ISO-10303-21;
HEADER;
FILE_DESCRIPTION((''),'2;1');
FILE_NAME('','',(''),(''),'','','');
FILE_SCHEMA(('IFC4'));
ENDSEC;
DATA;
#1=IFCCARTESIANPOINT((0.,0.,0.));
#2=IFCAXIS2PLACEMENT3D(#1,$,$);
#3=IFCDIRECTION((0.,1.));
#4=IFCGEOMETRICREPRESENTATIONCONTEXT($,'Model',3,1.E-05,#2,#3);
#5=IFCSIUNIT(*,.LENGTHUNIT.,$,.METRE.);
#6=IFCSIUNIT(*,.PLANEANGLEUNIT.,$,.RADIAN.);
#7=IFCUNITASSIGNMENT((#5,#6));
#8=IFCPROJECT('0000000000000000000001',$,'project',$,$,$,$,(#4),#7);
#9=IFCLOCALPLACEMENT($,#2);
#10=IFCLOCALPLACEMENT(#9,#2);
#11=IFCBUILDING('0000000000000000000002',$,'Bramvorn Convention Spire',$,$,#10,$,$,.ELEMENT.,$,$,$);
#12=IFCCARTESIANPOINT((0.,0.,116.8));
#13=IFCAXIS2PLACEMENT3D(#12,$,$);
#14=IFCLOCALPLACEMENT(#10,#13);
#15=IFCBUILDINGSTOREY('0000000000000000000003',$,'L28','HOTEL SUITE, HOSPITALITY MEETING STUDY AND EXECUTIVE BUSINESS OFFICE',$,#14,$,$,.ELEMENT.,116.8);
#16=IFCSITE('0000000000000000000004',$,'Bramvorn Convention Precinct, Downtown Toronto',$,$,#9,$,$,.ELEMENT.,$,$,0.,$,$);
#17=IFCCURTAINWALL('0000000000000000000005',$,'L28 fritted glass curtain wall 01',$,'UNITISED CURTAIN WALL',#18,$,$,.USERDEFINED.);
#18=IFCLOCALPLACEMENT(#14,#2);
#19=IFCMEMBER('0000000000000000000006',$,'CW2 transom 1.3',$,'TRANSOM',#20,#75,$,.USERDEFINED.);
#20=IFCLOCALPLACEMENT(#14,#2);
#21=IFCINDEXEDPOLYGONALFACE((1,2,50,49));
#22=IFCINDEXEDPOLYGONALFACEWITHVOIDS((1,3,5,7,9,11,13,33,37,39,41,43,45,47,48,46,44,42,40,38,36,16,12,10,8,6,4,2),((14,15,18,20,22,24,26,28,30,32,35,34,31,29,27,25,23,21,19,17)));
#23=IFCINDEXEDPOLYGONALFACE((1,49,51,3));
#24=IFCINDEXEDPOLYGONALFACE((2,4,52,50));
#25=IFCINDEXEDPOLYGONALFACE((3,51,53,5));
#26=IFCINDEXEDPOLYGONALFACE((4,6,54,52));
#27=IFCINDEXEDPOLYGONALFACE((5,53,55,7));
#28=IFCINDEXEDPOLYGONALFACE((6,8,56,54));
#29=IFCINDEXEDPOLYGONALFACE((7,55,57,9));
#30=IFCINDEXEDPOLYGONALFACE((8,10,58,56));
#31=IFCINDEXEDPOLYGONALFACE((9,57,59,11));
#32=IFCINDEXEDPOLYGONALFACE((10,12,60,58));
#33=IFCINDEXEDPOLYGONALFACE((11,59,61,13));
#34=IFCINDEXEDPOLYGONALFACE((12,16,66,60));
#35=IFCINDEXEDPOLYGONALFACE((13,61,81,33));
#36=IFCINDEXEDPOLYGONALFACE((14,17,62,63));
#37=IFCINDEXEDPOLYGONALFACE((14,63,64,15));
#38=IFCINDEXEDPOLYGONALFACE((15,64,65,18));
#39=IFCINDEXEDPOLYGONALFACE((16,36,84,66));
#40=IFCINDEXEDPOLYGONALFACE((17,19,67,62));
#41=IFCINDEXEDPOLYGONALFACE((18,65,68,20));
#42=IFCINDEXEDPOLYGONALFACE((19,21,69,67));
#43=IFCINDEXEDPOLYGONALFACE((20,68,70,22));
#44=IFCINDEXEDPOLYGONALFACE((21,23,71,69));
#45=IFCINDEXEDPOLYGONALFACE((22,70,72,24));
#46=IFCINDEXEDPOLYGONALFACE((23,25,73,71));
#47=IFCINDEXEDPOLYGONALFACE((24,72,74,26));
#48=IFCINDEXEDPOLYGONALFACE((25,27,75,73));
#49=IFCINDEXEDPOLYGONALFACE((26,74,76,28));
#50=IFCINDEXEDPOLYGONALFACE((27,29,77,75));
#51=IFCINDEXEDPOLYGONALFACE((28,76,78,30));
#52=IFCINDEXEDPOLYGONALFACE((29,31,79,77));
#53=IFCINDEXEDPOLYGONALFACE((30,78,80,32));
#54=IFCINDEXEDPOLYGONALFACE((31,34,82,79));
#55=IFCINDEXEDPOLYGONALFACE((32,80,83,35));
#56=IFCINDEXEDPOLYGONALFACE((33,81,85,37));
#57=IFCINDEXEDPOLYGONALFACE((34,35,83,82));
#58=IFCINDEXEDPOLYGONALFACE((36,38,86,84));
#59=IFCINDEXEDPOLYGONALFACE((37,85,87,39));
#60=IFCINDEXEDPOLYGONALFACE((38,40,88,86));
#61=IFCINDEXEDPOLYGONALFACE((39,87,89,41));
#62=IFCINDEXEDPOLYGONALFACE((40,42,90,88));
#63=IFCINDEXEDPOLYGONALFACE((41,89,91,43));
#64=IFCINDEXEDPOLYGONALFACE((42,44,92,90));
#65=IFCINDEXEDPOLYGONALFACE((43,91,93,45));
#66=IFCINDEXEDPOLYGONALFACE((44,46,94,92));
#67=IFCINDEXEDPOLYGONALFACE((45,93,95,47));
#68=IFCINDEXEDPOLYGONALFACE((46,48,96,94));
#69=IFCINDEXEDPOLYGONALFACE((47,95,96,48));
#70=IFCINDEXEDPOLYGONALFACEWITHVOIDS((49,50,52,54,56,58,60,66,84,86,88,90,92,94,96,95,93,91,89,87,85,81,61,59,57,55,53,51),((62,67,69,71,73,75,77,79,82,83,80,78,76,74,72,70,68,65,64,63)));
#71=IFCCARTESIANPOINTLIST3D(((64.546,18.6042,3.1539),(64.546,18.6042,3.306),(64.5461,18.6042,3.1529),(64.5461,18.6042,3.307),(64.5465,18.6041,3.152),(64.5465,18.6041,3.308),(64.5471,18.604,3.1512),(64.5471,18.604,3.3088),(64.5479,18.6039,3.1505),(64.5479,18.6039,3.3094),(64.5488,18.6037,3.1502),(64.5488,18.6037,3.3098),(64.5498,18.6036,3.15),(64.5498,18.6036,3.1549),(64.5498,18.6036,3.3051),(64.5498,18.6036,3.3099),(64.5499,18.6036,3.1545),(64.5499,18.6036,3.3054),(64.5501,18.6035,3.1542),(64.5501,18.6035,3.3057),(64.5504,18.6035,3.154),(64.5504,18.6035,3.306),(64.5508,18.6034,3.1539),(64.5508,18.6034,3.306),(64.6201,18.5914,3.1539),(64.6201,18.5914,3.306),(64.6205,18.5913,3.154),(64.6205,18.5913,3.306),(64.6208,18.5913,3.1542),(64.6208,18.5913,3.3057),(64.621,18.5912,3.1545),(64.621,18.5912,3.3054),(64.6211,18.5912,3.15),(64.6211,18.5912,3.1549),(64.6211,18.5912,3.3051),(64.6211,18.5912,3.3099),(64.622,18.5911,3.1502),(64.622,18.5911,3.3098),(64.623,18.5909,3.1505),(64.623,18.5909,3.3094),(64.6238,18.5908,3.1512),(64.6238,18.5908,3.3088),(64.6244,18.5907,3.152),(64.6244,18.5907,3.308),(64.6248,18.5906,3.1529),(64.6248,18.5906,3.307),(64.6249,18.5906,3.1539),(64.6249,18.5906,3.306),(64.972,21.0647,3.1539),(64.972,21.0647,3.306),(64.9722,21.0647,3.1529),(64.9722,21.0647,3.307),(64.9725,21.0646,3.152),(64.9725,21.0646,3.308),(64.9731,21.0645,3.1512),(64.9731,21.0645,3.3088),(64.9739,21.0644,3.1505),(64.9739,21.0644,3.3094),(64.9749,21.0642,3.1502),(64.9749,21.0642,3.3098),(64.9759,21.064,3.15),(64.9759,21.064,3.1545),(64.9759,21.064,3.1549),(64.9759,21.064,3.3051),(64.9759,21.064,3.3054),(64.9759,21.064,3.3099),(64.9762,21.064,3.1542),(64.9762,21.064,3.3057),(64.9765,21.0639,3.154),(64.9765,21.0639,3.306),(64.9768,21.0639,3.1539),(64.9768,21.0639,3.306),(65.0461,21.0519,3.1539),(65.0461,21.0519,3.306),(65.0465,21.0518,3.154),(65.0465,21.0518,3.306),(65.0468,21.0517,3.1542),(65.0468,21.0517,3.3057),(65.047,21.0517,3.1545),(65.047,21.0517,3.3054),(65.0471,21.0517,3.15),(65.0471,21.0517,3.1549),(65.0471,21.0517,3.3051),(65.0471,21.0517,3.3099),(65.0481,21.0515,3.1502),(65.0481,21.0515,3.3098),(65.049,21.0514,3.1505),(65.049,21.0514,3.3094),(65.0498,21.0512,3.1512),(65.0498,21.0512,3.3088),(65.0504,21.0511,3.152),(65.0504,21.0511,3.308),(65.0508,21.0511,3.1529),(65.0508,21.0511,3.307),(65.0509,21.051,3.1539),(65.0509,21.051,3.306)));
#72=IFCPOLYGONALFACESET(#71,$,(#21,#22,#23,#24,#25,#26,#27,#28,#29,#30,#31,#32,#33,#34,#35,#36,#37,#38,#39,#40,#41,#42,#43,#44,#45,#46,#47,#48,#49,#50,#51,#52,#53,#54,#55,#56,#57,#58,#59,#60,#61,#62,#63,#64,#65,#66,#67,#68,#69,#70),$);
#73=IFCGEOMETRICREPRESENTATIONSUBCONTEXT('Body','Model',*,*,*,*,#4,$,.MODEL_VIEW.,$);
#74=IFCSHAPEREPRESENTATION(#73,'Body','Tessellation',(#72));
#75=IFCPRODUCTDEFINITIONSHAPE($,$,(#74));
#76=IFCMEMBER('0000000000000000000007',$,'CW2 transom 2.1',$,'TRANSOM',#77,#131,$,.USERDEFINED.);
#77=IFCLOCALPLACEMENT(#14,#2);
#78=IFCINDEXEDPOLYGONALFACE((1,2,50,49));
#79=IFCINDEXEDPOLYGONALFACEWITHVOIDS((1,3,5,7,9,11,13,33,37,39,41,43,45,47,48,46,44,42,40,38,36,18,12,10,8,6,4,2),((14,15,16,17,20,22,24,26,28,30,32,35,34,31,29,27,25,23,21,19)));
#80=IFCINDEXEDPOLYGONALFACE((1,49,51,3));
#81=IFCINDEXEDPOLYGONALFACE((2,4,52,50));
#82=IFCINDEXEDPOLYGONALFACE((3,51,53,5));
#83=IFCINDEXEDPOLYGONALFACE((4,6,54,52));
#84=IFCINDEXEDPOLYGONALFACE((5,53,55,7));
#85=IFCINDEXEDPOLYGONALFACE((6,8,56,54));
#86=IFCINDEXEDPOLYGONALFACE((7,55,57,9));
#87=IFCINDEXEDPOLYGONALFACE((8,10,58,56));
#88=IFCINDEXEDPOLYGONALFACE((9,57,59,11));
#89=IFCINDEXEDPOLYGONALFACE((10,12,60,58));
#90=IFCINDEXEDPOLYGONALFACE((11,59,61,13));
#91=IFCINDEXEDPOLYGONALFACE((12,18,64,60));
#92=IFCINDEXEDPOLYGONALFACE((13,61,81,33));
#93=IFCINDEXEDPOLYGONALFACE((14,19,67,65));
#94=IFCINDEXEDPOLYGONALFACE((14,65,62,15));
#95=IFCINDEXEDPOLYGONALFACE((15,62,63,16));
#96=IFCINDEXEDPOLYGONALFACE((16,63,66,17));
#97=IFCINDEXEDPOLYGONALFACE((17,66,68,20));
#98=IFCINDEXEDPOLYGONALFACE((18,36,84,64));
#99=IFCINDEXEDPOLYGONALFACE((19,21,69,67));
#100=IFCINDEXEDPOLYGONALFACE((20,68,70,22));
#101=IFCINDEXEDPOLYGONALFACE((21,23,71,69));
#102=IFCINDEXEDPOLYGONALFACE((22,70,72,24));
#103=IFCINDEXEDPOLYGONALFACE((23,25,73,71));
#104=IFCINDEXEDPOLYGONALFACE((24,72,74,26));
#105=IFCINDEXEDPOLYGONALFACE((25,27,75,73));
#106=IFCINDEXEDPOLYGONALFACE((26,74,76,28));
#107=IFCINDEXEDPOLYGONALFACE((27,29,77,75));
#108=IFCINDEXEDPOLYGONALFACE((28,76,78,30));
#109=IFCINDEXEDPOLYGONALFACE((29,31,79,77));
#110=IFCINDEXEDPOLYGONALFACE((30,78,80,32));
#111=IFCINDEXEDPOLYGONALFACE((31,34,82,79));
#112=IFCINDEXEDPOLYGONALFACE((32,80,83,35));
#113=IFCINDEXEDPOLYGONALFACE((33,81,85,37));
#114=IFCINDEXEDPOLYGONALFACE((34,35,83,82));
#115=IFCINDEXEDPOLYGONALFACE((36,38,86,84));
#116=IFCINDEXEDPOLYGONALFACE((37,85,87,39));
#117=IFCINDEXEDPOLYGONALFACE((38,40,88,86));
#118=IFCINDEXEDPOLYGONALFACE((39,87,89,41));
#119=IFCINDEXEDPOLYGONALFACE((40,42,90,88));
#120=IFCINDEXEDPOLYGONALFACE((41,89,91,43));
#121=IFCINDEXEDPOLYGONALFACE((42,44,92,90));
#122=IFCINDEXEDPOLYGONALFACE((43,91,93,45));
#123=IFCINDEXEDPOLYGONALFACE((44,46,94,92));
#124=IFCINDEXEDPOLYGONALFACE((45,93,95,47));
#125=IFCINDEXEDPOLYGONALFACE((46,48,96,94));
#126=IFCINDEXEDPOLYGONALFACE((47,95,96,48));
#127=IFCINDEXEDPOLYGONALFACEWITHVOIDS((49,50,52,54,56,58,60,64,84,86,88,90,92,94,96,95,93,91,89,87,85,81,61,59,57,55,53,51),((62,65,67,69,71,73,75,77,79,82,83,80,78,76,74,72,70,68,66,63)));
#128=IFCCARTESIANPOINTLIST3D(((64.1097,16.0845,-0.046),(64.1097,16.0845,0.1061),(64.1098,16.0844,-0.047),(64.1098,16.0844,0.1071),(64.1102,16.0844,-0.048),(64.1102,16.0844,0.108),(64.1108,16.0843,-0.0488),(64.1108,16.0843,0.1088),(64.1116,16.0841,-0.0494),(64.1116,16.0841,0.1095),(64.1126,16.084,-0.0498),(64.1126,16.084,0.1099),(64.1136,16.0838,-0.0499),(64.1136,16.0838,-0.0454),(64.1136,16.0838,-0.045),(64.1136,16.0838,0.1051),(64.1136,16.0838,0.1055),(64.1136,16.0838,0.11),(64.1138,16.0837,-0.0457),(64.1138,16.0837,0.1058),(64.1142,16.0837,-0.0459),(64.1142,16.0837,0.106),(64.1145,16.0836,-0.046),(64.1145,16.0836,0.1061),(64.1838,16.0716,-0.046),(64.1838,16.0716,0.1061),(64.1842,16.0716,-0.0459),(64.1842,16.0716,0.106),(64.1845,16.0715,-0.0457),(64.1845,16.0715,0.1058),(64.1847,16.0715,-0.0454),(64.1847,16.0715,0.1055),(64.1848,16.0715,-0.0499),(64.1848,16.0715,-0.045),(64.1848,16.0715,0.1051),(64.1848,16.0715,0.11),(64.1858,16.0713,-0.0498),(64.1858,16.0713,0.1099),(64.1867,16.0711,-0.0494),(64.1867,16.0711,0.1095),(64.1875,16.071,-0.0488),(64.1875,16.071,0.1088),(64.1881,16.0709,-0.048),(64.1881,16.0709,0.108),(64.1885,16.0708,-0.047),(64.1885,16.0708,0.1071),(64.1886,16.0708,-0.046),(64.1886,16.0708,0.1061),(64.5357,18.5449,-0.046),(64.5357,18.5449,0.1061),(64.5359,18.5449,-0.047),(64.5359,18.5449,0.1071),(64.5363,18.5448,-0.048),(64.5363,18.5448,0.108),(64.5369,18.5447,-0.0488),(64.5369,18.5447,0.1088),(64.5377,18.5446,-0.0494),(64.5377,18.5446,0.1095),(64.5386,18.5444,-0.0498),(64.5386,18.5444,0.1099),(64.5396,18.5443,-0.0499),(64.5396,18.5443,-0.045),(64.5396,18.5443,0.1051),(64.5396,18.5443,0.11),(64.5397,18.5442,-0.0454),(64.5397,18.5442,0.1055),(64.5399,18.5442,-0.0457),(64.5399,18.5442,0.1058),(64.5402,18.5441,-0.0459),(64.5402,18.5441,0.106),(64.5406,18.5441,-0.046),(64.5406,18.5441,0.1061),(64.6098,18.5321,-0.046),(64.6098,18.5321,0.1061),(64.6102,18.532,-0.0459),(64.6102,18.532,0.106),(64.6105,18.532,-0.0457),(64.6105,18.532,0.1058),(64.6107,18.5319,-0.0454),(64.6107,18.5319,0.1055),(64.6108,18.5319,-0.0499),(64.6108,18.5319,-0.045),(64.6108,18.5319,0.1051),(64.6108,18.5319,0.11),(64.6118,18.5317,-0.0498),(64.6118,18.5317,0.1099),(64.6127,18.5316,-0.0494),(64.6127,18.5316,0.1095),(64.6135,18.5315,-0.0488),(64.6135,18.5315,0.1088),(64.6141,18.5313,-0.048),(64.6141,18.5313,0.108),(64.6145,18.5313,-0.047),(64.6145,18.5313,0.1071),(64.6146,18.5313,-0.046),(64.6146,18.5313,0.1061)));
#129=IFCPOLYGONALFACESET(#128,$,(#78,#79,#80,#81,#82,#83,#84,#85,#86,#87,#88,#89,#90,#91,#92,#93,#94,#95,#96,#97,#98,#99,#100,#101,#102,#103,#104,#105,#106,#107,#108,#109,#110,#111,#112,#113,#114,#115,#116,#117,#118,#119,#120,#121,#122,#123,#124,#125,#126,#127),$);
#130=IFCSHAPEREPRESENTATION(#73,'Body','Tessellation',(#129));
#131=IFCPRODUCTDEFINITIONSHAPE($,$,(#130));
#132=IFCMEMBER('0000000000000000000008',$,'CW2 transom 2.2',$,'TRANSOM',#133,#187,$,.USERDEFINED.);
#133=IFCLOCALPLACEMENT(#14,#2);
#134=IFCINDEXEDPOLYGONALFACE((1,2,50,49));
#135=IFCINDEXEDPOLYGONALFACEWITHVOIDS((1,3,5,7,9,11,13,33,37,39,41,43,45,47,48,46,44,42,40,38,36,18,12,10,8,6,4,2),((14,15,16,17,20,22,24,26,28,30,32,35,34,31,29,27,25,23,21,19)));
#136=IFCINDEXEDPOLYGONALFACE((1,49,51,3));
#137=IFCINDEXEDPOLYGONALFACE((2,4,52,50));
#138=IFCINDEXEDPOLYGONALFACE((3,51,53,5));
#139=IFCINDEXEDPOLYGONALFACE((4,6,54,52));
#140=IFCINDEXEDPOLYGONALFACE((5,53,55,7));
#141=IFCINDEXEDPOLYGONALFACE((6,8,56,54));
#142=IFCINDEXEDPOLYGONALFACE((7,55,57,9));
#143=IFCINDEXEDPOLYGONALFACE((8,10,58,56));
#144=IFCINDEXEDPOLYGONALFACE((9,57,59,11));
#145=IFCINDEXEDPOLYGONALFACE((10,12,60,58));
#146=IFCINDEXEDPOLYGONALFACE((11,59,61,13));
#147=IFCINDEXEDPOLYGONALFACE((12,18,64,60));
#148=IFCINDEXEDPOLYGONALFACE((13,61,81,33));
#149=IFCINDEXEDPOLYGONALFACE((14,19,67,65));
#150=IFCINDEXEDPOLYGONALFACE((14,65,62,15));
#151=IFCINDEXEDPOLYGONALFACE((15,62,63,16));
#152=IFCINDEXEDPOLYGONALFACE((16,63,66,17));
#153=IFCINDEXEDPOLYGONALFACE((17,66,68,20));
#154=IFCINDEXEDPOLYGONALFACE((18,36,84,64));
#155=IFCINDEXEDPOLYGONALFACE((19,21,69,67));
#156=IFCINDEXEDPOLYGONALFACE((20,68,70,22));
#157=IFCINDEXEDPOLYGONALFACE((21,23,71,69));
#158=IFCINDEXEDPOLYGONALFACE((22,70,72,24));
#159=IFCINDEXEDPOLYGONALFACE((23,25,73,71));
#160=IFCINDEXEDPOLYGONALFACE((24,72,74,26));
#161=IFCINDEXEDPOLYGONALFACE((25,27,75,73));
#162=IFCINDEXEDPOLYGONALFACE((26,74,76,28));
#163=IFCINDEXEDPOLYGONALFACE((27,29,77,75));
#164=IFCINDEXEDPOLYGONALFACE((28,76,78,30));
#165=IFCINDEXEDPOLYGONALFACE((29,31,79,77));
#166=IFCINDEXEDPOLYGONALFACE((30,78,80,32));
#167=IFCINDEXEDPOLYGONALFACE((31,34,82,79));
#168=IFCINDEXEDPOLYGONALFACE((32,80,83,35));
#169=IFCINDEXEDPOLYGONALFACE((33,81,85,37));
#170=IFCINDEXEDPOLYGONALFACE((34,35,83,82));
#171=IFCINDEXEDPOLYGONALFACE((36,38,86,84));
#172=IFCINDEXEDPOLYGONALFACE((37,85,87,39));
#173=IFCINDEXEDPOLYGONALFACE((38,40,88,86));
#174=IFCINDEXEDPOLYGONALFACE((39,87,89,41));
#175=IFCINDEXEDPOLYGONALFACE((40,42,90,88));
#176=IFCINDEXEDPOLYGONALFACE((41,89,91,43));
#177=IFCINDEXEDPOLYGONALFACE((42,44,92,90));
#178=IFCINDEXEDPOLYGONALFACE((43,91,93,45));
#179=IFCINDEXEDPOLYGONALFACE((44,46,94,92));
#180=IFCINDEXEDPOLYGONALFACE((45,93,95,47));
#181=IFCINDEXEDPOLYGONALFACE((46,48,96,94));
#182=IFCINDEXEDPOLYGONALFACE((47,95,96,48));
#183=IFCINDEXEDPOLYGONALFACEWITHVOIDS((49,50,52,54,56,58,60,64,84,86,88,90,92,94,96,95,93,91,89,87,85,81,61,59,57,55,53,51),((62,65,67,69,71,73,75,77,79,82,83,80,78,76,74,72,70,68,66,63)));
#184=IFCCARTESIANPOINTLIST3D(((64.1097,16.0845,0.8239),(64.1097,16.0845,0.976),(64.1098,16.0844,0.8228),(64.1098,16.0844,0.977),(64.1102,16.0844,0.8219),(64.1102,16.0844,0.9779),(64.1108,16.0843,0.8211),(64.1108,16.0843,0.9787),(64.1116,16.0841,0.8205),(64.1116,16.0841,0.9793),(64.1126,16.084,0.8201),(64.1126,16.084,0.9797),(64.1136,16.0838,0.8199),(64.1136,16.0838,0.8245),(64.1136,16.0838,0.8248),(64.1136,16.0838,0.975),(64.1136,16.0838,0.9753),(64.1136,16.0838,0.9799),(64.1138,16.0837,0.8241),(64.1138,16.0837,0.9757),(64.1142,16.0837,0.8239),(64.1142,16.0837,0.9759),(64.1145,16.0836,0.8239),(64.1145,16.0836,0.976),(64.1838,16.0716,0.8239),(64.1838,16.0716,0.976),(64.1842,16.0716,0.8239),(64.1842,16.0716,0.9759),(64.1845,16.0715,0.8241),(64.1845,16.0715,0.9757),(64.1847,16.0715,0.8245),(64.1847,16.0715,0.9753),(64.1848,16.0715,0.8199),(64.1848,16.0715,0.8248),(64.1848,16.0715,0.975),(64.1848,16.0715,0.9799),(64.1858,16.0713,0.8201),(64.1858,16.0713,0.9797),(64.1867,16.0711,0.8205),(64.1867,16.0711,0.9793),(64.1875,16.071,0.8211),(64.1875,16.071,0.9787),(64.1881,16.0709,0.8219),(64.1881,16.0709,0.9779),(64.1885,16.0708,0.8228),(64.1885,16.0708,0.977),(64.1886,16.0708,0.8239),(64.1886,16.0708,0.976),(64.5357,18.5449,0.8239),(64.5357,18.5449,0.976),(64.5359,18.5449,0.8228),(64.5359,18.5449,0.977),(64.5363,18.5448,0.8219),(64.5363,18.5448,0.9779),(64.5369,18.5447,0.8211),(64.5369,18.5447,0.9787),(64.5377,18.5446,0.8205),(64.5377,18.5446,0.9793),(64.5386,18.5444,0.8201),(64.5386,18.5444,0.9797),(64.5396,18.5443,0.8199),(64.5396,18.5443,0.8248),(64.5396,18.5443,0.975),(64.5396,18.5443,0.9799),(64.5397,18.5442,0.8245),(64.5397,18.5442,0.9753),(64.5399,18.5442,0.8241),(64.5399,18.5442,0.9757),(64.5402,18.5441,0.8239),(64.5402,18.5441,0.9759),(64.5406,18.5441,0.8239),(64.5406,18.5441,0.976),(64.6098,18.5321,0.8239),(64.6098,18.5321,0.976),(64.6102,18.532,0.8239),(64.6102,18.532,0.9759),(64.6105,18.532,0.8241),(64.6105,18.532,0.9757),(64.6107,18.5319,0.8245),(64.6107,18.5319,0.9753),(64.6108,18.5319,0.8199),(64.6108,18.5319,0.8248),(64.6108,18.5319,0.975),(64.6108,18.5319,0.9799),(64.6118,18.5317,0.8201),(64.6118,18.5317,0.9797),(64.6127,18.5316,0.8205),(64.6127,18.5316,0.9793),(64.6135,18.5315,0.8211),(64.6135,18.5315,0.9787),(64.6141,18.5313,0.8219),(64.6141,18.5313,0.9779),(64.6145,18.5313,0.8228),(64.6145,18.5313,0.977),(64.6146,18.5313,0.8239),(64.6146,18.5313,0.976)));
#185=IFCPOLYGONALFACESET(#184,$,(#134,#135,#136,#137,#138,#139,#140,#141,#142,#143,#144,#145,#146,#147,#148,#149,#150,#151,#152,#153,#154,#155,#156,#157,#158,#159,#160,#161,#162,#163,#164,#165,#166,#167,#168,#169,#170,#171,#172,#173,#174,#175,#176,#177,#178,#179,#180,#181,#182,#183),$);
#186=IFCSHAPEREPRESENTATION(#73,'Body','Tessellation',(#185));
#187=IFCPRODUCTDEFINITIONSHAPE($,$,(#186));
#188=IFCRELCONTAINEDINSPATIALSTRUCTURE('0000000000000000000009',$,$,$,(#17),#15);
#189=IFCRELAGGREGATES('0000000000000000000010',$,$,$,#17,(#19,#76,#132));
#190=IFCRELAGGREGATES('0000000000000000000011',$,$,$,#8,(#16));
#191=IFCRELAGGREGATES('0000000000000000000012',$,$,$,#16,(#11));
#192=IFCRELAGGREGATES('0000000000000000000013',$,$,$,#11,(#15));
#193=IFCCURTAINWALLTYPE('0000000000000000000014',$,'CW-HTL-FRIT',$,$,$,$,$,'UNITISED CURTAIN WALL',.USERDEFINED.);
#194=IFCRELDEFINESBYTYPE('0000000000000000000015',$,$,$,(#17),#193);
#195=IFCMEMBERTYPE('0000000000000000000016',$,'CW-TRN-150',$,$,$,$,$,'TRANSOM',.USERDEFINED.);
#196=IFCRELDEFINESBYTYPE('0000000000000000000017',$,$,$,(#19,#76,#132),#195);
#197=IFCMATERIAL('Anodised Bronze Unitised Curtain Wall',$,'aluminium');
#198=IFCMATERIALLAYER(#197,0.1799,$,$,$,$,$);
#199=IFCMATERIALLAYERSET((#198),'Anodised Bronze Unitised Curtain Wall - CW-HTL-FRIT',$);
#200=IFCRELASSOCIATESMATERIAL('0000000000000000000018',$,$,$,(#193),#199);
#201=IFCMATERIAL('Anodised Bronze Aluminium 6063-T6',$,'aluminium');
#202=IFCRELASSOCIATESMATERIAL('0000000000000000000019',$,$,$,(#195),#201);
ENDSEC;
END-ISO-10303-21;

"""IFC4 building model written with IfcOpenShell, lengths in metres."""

from ifc_helpers import new_model, si_unit, direction, frame, origin, origin_2d, place, context, subcontext, project, spatial, hollow_rectangle, extrude, material, layer, layer_set, material_profile, profile_set, type_object, element, aggregate, save


model = new_model("IFC4")

# Units and contexts
model_context = context("Model", 3, precision=1e-05, world=origin(), true_north=direction((0.0, 1.0)))
body_context = subcontext(model_context, "Body", "Model", "MODEL_VIEW")
ifc_project = project(units=[si_unit("LENGTHUNIT", "METRE"), si_unit("PLANEANGLEUNIT", "RADIAN")], contexts=[model_context])

# Site, building, storey
site_placement = place(None, origin())
site = spatial("IfcSite", under=ifc_project, at=site_placement, Name="Bramvorn Convention Precinct, Downtown Toronto", CompositionType="ELEMENT", RefElevation=0.0)
building_placement = place(site_placement, origin())
building = spatial("IfcBuilding", under=site, at=building_placement, Name="Bramvorn Convention Spire", CompositionType="ELEMENT")
storey_placement = place(building_placement, frame((0.0, 0.0, 116.8)))
storey = spatial("IfcBuildingStorey", under=building, at=storey_placement, Name="L28", Description="HOTEL SUITE, HOSPITALITY MEETING STUDY AND EXECUTIVE BUSINESS OFFICE", CompositionType="ELEMENT", Elevation=116.8)

# Curtain wall, members
ifc_material_1 = material(Name="Anodised Bronze Unitised Curtain Wall", Category="aluminium")
ifc_layer_1 = layer(ifc_material_1, 0.1799)
ifc_layer_set_1 = layer_set([ifc_layer_1], Name="Anodised Bronze Unitised Curtain Wall - CW-HTL-FRIT")
curtain_wall_type = type_object("IfcCurtainWallType", Name="CW-HTL-FRIT", ElementType="UNITISED CURTAIN WALL", PredefinedType="USERDEFINED", material=ifc_layer_set_1)
curtain_wall_placement = place(storey_placement, origin())
curtain_wall = element("IfcCurtainWall", 1, at=curtain_wall_placement, inside=storey, type_object=curtain_wall_type, Name="L28 fritted glass curtain wall 01", ObjectType="UNITISED CURTAIN WALL", PredefinedType="USERDEFINED")
ifc_material_2 = material(Name="Anodised Bronze Aluminium 6063-T6", Category="aluminium")
ifc_material_profile_1 = material_profile(ifc_material_2, hollow_rectangle(XDim=0.0801, YDim=0.1599, WallThickness=0.0039, InnerFilletRadius=0.001, OuterFilletRadius=0.0039, at=origin_2d()))
ifc_profile_set_1 = profile_set([ifc_material_profile_1], Name="Anodised Bronze Aluminium 6063-T6 - CWT80X160")
member_type_1 = type_object("IfcMemberType", Name="CW-TRN-150", ElementType="TRANSOM", PredefinedType="USERDEFINED", material=ifc_profile_set_1)
member_1_placement = place(storey_placement, frame((65.0115, 21.0579, 3.23), z_axis=(-0.170611, -0.985338, 0.0), x_axis=(0.985338, -0.170611, 0.0)))
member_1 = element("IfcMember", 2, at=member_1_placement, type_object=member_type_1, Name="CW2 transom 1.3", ObjectType="TRANSOM", PredefinedType="USERDEFINED", context=body_context, shape_type="SweptSolid", body=[
    extrude(hollow_rectangle(XDim=0.0801, YDim=0.1599, WallThickness=0.0039, InnerFilletRadius=0.001, OuterFilletRadius=0.0039, at=origin_2d()), origin(), (0.0, 0.0, 1.0), 2.4971),
])
member_2_placement = place(storey_placement, frame((64.5752, 18.5381, 0.03), z_axis=(-0.170611, -0.985338, 0.0), x_axis=(0.985338, -0.170611, 0.0)))
member_2 = element("IfcMember", 3, at=member_2_placement, type_object=member_type_1, Name="CW2 transom 2.1", ObjectType="TRANSOM", PredefinedType="USERDEFINED", context=body_context, shape_type="SweptSolid", body=[
    extrude(hollow_rectangle(XDim=0.0801, YDim=0.1599, WallThickness=0.0039, InnerFilletRadius=0.001, OuterFilletRadius=0.0039, at=origin_2d()), origin(), (0.0, 0.0, 1.0), 2.4971),
])
member_3_placement = place(storey_placement, frame((64.5752, 18.5381, 0.8999), z_axis=(-0.170611, -0.985338, 0.0), x_axis=(0.985338, -0.170611, 0.0)))
member_3 = element("IfcMember", 4, at=member_3_placement, type_object=member_type_1, Name="CW2 transom 2.2", ObjectType="TRANSOM", PredefinedType="USERDEFINED", context=body_context, shape_type="SweptSolid", body=[
    extrude(hollow_rectangle(XDim=0.0801, YDim=0.1599, WallThickness=0.0039, InnerFilletRadius=0.001, OuterFilletRadius=0.0039, at=origin_2d()), origin(), (0.0, 0.0, 1.0), 2.4971),
])
aggregate(curtain_wall, [member_1, member_2, member_3])

save(model, "model.ifc")
